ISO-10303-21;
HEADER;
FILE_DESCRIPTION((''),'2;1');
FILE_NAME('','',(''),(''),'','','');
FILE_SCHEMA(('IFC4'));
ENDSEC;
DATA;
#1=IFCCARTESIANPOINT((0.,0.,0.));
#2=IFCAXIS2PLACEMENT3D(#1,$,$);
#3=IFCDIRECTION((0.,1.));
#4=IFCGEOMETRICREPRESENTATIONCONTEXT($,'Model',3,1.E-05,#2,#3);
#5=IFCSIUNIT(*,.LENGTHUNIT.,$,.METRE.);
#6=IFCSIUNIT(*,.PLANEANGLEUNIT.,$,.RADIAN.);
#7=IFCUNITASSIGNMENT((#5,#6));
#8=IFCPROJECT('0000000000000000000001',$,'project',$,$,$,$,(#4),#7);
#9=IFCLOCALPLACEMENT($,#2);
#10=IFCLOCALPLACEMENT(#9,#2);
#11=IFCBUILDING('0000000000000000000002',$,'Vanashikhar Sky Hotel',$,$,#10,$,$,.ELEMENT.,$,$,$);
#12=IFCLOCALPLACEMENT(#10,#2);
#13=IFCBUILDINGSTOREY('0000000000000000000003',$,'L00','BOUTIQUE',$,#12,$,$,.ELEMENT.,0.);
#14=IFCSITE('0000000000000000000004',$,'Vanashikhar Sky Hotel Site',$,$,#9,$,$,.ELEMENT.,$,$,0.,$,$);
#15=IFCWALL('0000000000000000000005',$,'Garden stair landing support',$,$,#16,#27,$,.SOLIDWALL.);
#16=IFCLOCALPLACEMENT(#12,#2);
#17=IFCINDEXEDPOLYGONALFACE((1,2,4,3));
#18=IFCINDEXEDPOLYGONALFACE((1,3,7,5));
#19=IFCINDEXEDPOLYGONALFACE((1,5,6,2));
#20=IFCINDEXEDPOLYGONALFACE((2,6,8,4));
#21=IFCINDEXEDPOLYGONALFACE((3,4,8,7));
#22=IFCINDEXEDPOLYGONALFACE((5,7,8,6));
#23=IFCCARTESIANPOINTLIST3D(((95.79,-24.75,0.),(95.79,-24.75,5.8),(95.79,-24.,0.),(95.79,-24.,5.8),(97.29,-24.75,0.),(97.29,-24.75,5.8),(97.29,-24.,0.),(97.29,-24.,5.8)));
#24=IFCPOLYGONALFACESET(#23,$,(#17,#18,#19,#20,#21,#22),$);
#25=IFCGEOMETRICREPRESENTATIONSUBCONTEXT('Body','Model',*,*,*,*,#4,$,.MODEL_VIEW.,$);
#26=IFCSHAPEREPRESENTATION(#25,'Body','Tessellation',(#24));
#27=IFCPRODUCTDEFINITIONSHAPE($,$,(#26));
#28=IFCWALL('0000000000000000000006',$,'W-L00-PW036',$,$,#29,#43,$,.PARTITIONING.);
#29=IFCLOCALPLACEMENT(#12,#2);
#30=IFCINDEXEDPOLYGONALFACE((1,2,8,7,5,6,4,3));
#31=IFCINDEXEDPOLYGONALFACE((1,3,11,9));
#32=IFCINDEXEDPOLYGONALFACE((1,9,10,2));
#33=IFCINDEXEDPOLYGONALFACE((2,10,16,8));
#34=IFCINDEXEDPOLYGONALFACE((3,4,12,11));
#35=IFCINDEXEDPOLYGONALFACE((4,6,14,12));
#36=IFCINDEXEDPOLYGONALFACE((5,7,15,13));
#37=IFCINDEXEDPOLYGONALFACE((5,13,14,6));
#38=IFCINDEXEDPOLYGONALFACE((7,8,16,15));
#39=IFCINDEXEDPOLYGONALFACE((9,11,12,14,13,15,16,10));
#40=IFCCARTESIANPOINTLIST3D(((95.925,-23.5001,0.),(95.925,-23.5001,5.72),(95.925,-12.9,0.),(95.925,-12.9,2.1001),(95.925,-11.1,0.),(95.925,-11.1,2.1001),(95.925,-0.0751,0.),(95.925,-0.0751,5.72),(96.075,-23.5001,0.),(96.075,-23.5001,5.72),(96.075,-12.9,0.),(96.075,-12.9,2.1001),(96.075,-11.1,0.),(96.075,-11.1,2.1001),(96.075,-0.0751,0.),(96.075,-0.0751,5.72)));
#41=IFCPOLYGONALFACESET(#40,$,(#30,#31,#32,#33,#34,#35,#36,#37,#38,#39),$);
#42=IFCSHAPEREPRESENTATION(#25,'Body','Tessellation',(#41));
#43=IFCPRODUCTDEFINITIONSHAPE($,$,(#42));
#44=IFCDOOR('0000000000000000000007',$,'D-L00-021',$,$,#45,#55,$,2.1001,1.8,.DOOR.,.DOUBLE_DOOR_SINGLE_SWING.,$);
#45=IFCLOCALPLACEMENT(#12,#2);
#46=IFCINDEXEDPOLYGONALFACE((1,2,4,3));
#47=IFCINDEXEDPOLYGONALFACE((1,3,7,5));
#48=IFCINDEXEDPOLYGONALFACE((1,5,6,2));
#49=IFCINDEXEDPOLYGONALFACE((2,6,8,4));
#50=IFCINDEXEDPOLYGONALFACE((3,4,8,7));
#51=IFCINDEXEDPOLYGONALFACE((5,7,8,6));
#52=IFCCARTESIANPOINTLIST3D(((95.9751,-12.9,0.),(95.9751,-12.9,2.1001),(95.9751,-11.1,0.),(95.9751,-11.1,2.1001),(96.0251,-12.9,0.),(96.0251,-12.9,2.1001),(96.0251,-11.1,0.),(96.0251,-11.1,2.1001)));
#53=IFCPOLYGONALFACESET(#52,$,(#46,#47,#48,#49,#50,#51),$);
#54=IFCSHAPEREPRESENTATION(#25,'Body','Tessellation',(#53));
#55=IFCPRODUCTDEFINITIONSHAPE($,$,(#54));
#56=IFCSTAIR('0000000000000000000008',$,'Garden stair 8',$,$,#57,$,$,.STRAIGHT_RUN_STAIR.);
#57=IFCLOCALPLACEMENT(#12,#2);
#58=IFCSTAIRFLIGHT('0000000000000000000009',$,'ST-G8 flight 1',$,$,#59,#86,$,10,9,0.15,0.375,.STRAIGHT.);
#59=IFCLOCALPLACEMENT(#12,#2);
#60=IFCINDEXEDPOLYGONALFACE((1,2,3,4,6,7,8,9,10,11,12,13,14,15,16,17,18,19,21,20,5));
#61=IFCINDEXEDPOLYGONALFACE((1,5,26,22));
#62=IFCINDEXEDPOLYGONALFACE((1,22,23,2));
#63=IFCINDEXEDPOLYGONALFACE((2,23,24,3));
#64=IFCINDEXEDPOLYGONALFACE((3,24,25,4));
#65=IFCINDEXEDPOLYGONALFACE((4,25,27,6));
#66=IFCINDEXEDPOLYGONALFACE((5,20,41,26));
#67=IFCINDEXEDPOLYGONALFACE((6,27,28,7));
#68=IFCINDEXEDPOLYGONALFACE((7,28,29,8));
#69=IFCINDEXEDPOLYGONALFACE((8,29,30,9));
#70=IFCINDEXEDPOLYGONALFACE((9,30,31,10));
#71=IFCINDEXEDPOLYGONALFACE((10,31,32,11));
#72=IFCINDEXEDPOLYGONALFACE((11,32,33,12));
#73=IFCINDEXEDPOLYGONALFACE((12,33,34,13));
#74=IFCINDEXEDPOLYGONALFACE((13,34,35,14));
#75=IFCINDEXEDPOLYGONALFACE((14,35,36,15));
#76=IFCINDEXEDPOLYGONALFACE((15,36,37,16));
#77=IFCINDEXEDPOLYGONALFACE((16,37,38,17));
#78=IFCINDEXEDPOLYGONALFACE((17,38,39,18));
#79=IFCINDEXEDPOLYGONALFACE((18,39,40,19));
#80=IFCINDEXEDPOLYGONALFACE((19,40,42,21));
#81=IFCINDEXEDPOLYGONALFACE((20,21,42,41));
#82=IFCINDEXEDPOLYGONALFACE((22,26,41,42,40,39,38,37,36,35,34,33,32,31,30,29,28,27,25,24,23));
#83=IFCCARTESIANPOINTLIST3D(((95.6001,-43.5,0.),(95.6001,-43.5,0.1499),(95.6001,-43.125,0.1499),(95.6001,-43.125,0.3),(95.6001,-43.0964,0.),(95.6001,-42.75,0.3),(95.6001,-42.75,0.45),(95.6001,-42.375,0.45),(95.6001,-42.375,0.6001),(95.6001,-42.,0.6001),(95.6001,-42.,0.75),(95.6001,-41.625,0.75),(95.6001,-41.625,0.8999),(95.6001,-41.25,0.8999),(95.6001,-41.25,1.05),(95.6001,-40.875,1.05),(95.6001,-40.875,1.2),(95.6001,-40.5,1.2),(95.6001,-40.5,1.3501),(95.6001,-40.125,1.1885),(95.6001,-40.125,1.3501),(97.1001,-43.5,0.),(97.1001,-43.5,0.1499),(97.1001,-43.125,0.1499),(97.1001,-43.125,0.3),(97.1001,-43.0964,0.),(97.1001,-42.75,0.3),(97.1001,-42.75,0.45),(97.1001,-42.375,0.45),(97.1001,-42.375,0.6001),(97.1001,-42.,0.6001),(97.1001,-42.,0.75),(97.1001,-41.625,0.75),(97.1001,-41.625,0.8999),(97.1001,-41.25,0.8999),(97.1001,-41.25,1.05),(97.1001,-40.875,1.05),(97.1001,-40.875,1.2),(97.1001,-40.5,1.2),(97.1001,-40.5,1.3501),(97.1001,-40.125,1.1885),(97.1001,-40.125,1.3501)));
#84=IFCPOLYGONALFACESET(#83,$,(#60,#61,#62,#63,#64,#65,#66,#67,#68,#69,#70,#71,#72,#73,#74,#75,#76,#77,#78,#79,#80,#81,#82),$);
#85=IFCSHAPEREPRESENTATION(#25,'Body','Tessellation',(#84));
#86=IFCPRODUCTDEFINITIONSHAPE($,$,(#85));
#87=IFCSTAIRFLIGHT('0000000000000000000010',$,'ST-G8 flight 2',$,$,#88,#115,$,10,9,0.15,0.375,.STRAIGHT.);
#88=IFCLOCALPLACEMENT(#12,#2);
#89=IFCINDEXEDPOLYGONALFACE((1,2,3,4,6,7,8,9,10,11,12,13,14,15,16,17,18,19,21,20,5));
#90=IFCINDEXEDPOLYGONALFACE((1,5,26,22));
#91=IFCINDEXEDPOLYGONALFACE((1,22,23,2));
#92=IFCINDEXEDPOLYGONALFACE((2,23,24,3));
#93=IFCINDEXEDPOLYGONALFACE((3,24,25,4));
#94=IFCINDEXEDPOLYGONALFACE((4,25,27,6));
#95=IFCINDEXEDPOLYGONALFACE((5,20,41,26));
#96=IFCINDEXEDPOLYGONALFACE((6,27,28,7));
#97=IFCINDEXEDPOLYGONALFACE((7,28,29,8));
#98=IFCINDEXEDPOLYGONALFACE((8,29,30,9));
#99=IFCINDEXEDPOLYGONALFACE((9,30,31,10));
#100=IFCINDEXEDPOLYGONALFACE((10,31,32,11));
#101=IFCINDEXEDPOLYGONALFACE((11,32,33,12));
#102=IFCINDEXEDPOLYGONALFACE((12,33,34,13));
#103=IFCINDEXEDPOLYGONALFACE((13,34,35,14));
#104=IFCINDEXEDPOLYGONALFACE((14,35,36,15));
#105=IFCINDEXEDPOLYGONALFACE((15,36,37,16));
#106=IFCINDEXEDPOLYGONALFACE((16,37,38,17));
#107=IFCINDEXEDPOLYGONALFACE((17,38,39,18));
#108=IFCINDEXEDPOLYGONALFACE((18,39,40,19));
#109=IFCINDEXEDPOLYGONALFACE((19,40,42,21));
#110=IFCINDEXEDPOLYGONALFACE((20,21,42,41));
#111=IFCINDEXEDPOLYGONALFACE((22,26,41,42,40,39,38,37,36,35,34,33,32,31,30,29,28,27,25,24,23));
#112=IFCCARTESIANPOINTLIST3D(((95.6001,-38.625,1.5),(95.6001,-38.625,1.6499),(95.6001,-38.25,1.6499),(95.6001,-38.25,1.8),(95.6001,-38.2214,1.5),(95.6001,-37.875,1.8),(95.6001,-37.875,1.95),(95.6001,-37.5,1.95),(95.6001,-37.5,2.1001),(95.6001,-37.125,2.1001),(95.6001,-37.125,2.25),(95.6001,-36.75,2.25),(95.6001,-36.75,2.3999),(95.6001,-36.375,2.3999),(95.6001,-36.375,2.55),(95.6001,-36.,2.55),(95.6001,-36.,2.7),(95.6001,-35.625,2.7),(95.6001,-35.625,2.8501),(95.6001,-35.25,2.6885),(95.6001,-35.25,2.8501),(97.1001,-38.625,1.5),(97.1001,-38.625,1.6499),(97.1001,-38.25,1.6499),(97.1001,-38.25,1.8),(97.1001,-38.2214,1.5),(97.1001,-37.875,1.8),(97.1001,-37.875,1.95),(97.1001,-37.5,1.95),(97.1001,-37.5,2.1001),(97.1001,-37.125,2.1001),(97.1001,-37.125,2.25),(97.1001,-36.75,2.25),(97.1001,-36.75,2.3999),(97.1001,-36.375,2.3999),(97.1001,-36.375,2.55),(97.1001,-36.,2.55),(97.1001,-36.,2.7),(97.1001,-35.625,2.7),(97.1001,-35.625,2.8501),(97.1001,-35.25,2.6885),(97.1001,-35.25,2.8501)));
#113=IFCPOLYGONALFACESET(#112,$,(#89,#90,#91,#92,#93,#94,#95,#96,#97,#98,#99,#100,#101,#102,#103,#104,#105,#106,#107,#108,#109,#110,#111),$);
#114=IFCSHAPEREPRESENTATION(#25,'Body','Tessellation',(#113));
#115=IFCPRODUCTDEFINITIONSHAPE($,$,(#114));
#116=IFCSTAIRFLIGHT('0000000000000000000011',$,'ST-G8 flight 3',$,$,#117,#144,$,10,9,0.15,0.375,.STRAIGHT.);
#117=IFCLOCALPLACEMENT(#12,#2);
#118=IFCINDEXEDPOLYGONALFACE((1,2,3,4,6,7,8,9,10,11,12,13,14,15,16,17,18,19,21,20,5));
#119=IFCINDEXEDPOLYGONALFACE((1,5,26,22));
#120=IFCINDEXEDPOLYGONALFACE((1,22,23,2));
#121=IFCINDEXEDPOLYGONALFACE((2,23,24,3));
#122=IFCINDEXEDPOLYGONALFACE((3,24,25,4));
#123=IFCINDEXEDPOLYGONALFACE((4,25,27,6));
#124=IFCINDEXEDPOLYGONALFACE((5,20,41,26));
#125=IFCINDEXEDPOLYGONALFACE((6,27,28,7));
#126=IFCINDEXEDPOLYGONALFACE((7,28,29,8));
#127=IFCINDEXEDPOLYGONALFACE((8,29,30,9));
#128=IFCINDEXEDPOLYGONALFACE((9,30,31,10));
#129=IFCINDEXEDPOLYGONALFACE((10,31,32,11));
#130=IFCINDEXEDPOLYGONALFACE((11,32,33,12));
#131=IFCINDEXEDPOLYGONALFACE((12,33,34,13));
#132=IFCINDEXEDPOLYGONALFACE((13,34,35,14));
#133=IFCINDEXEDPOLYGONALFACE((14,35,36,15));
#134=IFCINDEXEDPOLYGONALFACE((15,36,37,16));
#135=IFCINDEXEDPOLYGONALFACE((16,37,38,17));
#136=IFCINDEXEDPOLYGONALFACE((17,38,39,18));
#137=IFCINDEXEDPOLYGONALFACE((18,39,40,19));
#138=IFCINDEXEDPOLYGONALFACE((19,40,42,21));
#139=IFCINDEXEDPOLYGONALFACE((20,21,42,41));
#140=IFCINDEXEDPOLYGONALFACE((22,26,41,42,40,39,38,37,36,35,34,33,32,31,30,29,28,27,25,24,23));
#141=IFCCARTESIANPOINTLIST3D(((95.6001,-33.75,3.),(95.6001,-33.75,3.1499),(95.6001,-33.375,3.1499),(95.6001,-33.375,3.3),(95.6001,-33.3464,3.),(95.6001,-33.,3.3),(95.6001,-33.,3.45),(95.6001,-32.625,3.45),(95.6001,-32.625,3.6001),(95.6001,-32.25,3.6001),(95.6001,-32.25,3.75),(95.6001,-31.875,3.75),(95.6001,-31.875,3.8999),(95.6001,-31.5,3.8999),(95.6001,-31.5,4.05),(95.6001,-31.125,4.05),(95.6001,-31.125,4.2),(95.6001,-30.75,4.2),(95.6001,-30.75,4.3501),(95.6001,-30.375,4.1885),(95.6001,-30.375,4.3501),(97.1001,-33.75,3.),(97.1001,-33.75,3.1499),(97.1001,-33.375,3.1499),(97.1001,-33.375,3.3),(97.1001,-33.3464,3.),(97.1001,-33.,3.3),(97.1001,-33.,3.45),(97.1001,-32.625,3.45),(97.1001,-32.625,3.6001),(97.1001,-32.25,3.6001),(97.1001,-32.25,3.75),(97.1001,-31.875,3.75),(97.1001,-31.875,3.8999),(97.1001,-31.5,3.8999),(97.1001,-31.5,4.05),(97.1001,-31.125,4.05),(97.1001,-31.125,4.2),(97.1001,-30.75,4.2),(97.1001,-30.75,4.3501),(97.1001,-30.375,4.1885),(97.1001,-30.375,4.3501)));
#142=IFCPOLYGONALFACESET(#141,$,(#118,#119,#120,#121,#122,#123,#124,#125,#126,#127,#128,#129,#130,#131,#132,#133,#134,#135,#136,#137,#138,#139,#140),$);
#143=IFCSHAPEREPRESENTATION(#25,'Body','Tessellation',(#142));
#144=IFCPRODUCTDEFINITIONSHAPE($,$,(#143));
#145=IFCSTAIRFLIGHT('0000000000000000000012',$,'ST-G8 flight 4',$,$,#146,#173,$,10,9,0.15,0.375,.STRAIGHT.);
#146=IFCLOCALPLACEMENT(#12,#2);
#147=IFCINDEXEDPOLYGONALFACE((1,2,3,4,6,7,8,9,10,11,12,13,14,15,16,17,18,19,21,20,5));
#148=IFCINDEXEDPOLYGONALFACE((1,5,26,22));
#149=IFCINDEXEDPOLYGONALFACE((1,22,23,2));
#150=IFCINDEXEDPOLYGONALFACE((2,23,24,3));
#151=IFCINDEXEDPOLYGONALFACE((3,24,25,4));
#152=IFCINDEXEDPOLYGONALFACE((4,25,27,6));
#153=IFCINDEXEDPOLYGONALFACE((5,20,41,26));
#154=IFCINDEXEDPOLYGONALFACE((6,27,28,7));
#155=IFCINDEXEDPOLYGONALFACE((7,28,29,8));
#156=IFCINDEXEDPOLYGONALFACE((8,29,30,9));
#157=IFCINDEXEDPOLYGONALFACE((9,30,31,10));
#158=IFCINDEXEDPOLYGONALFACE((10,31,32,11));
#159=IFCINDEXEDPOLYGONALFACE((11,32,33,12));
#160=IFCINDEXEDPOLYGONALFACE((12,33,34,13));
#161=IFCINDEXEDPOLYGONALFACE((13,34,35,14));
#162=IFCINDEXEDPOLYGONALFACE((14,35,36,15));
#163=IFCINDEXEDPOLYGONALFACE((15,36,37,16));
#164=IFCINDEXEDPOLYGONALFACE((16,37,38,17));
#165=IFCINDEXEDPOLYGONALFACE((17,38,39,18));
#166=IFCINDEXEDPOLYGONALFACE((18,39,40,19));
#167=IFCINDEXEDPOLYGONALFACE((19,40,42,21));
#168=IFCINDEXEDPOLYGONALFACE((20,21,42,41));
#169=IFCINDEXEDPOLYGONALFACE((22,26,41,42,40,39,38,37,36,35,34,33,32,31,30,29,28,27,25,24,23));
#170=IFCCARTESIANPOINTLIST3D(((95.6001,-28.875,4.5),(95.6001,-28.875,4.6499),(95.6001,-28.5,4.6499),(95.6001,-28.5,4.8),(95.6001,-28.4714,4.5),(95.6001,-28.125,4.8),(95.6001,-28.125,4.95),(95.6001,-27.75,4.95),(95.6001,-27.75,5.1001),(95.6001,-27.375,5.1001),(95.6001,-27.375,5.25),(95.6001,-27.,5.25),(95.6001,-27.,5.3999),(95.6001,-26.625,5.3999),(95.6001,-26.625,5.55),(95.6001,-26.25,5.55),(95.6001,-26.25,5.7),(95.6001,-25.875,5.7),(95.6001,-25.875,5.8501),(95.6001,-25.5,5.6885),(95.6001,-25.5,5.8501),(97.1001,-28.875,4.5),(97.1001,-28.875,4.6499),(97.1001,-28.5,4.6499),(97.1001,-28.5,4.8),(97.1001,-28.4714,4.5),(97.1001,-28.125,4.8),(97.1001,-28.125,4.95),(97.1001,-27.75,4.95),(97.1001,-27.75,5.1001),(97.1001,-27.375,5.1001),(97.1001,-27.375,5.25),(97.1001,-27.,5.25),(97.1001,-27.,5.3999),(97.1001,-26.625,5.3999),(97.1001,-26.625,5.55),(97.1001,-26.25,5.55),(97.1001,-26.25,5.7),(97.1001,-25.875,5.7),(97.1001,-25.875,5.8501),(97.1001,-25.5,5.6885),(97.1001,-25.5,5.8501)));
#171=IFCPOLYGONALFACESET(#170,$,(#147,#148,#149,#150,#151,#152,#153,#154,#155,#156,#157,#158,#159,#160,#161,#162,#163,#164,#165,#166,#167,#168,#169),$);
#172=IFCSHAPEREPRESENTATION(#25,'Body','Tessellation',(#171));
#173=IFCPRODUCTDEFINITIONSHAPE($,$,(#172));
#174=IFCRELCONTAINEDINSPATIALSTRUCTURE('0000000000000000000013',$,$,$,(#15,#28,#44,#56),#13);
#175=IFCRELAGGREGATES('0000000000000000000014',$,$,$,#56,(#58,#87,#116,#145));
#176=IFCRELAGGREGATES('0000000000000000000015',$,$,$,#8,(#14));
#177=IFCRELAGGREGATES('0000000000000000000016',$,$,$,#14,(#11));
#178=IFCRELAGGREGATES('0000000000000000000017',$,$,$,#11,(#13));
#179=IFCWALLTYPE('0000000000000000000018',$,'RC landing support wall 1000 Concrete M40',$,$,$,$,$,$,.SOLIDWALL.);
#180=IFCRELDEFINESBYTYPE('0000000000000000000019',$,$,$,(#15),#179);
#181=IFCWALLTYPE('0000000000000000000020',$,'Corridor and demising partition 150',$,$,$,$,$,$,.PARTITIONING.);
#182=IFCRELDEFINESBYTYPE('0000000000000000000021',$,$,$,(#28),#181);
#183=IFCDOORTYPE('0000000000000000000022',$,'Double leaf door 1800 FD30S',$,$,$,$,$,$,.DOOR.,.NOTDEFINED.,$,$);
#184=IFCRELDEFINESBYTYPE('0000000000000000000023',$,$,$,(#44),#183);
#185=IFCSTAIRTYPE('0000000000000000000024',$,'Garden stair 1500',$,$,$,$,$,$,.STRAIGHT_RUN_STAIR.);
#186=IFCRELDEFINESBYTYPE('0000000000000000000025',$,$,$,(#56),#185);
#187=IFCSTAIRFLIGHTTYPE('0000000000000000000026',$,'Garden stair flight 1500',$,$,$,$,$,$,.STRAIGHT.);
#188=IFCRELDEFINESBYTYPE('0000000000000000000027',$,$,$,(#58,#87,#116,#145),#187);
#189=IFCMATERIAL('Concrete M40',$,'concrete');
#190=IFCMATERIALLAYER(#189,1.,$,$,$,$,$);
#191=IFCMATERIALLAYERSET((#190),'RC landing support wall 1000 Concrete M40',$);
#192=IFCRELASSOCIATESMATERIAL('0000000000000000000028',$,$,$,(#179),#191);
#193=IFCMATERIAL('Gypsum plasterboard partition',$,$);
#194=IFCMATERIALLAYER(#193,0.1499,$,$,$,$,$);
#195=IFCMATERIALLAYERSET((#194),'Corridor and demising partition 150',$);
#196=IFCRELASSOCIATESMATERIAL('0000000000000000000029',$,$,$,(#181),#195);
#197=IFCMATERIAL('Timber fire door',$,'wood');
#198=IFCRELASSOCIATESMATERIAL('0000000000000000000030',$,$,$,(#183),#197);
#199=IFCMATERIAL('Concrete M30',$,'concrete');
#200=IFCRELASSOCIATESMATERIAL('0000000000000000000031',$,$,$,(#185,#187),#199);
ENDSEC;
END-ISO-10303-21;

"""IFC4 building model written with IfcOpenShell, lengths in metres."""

from ifc_helpers import new_model, si_unit, direction, frame, frame_2d, origin, place, context, subcontext, project, spatial, polyline, rectangle, outline, extrude, source, transform, mapped, material, layer, layer_set, type_object, element, fill, aggregate, save


model = new_model("IFC4")

# Units and contexts
model_context = context("Model", 3, precision=1e-05, world=origin(), true_north=direction((0.0, 1.0)))
body_context = subcontext(model_context, "Body", "Model", "MODEL_VIEW")
ifc_project = project(units=[si_unit("LENGTHUNIT", "METRE"), si_unit("PLANEANGLEUNIT", "RADIAN")], contexts=[model_context])

# Site, building, storey
site_placement = place(None, origin())
site = spatial("IfcSite", under=ifc_project, at=site_placement, Name="Vanashikhar Sky Hotel Site", CompositionType="ELEMENT", RefElevation=0.0)
building_placement = place(site_placement, origin())
building = spatial("IfcBuilding", under=site, at=building_placement, Name="Vanashikhar Sky Hotel", CompositionType="ELEMENT")
storey_placement = place(building_placement, origin())
storey = spatial("IfcBuildingStorey", under=building, at=storey_placement, Name="L00", Description="BOUTIQUE", CompositionType="ELEMENT", Elevation=0.0)

# Shared definitions
ifc_material_1 = material(Name="Concrete M40", Category="concrete")

# Wall
ifc_layer_1 = layer(ifc_material_1, 1.0)
ifc_layer_set_1 = layer_set([ifc_layer_1], Name="RC landing support wall 1000 Concrete M40")
wall_type_1 = type_object("IfcWallType", Name="RC landing support wall 1000 Concrete M40", PredefinedType="SOLIDWALL", material=ifc_layer_set_1)
shared_shape_1 = source(origin(), body_context, "Body", "SweptSolid", [
    extrude(rectangle(XDim=1.5, YDim=0.75, at=frame_2d((0.75, 0.0))), origin(), (0.0, 0.0, 1.0), 5.8),
])
for number, where, z_axis, x_axis, name in (
    (1, (95.79, -24.375, 0.0), (0.0, 0.0, 1.0), (1.0, 0.0, 0.0), "Garden stair landing support"),
):
    element("IfcWall", number, at=place(storey_placement, frame(where, z_axis=z_axis, x_axis=x_axis)), inside=storey, type_object=wall_type_1, Name=name, PredefinedType="SOLIDWALL", context=body_context, shape_type="MappedRepresentation", body=[
        mapped(shared_shape_1, transform((0.0, 0.0, 0.0), scale=1.0)),
    ])

# Wall, opening, door
ifc_material_2 = material(Name="Gypsum plasterboard partition")
ifc_layer_2 = layer(ifc_material_2, 0.1499)
ifc_layer_set_2 = layer_set([ifc_layer_2], Name="Corridor and demising partition 150")
wall_type_2 = type_object("IfcWallType", Name="Corridor and demising partition 150", PredefinedType="PARTITIONING", material=ifc_layer_set_2)
shared_shape_2 = source(origin(), body_context, "Body", "SweptSolid", [
    extrude(rectangle(XDim=23.425, YDim=0.1499, at=frame_2d((11.7124, 0.0))), origin(), (0.0, 0.0, 1.0), 5.72),
])
wall_1_placement = place(storey_placement, frame((96.0, -23.5, 0.0), z_axis=(0.0, 0.0, 1.0), x_axis=(0.0, 1.0, 0.0)))
wall_1 = element("IfcWall", 2, at=wall_1_placement, inside=storey, type_object=wall_type_2, Name="W-L00-PW036", PredefinedType="PARTITIONING", context=body_context, shape_type="MappedRepresentation", body=[
    mapped(shared_shape_2, transform((0.0, 0.0, 0.0), scale=1.0)),
])
shared_shape_3 = source(origin(), body_context, "Body", "SweptSolid", [
    extrude(rectangle(XDim=1.8, YDim=2.1001, at=frame_2d((0.8999, 1.05))), frame((0.0, 0.085, 0.0), z_axis=(0.0, -1.0, 0.0), x_axis=(1.0, 0.0, 0.0)), (0.0, 0.0, 1.0), 0.1699),
])
opening_1_placement = place(wall_1_placement, frame((10.6001, 0.0, 0.0)))
opening_1 = element("IfcOpeningElement", 3, at=opening_1_placement, cuts=wall_1, PredefinedType="OPENING", context=body_context, shape_type="MappedRepresentation", body=[
    mapped(shared_shape_3, transform((0.0, 0.0, 0.0), scale=1.0)),
])
ifc_material_3 = material(Name="Timber fire door", Category="wood")
door_type_1 = type_object("IfcDoorType", Name="Double leaf door 1800 FD30S", OperationType="NOTDEFINED", PredefinedType="DOOR", material=ifc_material_3)
shared_shape_4 = source(origin(), body_context, "Body", "SweptSolid", [
    extrude(rectangle(XDim=1.8, YDim=2.1001, at=frame_2d((0.8999, 1.05))), frame((0.0, 0.0249, 0.0), z_axis=(0.0, -1.0, 0.0), x_axis=(1.0, 0.0, 0.0)), (0.0, 0.0, 1.0), 0.05),
])
door_1_placement = place(opening_1_placement, origin())
door_1 = element("IfcDoor", 4, at=door_1_placement, inside=storey, type_object=door_type_1, Name="D-L00-021", OperationType="DOUBLE_DOOR_SINGLE_SWING", OverallHeight=2.1001, OverallWidth=1.8, PredefinedType="DOOR", context=body_context, shape_type="MappedRepresentation", body=[
    mapped(shared_shape_4, transform((0.0, 0.0, 0.0), scale=1.0)),
])
fill(opening_1, door_1)

# Stair, stair flights
ifc_material_4 = material(Name="Concrete M30", Category="concrete")
stair_type = type_object("IfcStairType", Name="Garden stair 1500", PredefinedType="STRAIGHT_RUN_STAIR", material=ifc_material_4)
stair_1_placement = place(storey_placement, origin())
stair_1 = element("IfcStair", 5, at=stair_1_placement, inside=storey, type_object=stair_type, Name="Garden stair 8", PredefinedType="STRAIGHT_RUN_STAIR")
stair_flight_type = type_object("IfcStairFlightType", Name="Garden stair flight 1500", PredefinedType="STRAIGHT", material=ifc_material_4)
shared_shape_5 = source(origin(), body_context, "Body", "SweptSolid", [
    extrude(outline(polyline([(0.0, 0.0), (0.0, 0.1499), (0.375, 0.1499), (0.375, 0.3), (0.75, 0.3), (0.75, 0.45), (1.125, 0.45), (1.125, 0.6001), (1.5, 0.6001), (1.5, 0.75), (1.875, 0.75), (1.875, 0.8999), (2.25, 0.8999), (2.25, 1.05), (2.625, 1.05), (2.625, 1.2), (3.0, 1.2), (3.0, 1.3501), (3.375, 1.3501), (3.375, 1.5), (3.375, 1.1885), (0.4036, 0.0), (0.0, 0.0)])), frame((0.0, 0.75, 0.0), z_axis=(0.0, -1.0, 0.0), x_axis=(1.0, 0.0, 0.0)), (0.0, 0.0, 1.0), 1.5),
])
stair_flight_1_placement = place(storey_placement, frame((96.3501, -43.5, 0.0), z_axis=(0.0, 0.0, 1.0), x_axis=(0.0, 1.0, 0.0)))
stair_flight_1 = element("IfcStairFlight", 6, at=stair_flight_1_placement, type_object=stair_flight_type, Name="ST-G8 flight 1", NumberOfRisers=10, NumberOfTreads=9, PredefinedType="STRAIGHT", RiserHeight=0.15, TreadLength=0.375, context=body_context, shape_type="MappedRepresentation", body=[
    mapped(shared_shape_5, transform((0.0, 0.0, 0.0), scale=1.0)),
])
stair_flight_2_placement = place(storey_placement, frame((96.3501, -38.625, 1.5), z_axis=(0.0, 0.0, 1.0), x_axis=(0.0, 1.0, 0.0)))
stair_flight_2 = element("IfcStairFlight", 7, at=stair_flight_2_placement, type_object=stair_flight_type, Name="ST-G8 flight 2", NumberOfRisers=10, NumberOfTreads=9, PredefinedType="STRAIGHT", RiserHeight=0.15, TreadLength=0.375, context=body_context, shape_type="MappedRepresentation", body=[
    mapped(shared_shape_5, transform((0.0, 0.0, 0.0), scale=1.0)),
])
stair_flight_3_placement = place(storey_placement, frame((96.3501, -33.75, 3.0), z_axis=(0.0, 0.0, 1.0), x_axis=(0.0, 1.0, 0.0)))
stair_flight_3 = element("IfcStairFlight", 8, at=stair_flight_3_placement, type_object=stair_flight_type, Name="ST-G8 flight 3", NumberOfRisers=10, NumberOfTreads=9, PredefinedType="STRAIGHT", RiserHeight=0.15, TreadLength=0.375, context=body_context, shape_type="MappedRepresentation", body=[
    mapped(shared_shape_5, transform((0.0, 0.0, 0.0), scale=1.0)),
])
stair_flight_4_placement = place(storey_placement, frame((96.3501, -28.875, 4.5), z_axis=(0.0, 0.0, 1.0), x_axis=(0.0, 1.0, 0.0)))
stair_flight_4 = element("IfcStairFlight", 9, at=stair_flight_4_placement, type_object=stair_flight_type, Name="ST-G8 flight 4", NumberOfRisers=10, NumberOfTreads=9, PredefinedType="STRAIGHT", RiserHeight=0.15, TreadLength=0.375, context=body_context, shape_type="MappedRepresentation", body=[
    mapped(shared_shape_5, transform((0.0, 0.0, 0.0), scale=1.0)),
])
aggregate(stair_1, [stair_flight_1, stair_flight_2, stair_flight_3, stair_flight_4])

save(model, "model.ifc")
